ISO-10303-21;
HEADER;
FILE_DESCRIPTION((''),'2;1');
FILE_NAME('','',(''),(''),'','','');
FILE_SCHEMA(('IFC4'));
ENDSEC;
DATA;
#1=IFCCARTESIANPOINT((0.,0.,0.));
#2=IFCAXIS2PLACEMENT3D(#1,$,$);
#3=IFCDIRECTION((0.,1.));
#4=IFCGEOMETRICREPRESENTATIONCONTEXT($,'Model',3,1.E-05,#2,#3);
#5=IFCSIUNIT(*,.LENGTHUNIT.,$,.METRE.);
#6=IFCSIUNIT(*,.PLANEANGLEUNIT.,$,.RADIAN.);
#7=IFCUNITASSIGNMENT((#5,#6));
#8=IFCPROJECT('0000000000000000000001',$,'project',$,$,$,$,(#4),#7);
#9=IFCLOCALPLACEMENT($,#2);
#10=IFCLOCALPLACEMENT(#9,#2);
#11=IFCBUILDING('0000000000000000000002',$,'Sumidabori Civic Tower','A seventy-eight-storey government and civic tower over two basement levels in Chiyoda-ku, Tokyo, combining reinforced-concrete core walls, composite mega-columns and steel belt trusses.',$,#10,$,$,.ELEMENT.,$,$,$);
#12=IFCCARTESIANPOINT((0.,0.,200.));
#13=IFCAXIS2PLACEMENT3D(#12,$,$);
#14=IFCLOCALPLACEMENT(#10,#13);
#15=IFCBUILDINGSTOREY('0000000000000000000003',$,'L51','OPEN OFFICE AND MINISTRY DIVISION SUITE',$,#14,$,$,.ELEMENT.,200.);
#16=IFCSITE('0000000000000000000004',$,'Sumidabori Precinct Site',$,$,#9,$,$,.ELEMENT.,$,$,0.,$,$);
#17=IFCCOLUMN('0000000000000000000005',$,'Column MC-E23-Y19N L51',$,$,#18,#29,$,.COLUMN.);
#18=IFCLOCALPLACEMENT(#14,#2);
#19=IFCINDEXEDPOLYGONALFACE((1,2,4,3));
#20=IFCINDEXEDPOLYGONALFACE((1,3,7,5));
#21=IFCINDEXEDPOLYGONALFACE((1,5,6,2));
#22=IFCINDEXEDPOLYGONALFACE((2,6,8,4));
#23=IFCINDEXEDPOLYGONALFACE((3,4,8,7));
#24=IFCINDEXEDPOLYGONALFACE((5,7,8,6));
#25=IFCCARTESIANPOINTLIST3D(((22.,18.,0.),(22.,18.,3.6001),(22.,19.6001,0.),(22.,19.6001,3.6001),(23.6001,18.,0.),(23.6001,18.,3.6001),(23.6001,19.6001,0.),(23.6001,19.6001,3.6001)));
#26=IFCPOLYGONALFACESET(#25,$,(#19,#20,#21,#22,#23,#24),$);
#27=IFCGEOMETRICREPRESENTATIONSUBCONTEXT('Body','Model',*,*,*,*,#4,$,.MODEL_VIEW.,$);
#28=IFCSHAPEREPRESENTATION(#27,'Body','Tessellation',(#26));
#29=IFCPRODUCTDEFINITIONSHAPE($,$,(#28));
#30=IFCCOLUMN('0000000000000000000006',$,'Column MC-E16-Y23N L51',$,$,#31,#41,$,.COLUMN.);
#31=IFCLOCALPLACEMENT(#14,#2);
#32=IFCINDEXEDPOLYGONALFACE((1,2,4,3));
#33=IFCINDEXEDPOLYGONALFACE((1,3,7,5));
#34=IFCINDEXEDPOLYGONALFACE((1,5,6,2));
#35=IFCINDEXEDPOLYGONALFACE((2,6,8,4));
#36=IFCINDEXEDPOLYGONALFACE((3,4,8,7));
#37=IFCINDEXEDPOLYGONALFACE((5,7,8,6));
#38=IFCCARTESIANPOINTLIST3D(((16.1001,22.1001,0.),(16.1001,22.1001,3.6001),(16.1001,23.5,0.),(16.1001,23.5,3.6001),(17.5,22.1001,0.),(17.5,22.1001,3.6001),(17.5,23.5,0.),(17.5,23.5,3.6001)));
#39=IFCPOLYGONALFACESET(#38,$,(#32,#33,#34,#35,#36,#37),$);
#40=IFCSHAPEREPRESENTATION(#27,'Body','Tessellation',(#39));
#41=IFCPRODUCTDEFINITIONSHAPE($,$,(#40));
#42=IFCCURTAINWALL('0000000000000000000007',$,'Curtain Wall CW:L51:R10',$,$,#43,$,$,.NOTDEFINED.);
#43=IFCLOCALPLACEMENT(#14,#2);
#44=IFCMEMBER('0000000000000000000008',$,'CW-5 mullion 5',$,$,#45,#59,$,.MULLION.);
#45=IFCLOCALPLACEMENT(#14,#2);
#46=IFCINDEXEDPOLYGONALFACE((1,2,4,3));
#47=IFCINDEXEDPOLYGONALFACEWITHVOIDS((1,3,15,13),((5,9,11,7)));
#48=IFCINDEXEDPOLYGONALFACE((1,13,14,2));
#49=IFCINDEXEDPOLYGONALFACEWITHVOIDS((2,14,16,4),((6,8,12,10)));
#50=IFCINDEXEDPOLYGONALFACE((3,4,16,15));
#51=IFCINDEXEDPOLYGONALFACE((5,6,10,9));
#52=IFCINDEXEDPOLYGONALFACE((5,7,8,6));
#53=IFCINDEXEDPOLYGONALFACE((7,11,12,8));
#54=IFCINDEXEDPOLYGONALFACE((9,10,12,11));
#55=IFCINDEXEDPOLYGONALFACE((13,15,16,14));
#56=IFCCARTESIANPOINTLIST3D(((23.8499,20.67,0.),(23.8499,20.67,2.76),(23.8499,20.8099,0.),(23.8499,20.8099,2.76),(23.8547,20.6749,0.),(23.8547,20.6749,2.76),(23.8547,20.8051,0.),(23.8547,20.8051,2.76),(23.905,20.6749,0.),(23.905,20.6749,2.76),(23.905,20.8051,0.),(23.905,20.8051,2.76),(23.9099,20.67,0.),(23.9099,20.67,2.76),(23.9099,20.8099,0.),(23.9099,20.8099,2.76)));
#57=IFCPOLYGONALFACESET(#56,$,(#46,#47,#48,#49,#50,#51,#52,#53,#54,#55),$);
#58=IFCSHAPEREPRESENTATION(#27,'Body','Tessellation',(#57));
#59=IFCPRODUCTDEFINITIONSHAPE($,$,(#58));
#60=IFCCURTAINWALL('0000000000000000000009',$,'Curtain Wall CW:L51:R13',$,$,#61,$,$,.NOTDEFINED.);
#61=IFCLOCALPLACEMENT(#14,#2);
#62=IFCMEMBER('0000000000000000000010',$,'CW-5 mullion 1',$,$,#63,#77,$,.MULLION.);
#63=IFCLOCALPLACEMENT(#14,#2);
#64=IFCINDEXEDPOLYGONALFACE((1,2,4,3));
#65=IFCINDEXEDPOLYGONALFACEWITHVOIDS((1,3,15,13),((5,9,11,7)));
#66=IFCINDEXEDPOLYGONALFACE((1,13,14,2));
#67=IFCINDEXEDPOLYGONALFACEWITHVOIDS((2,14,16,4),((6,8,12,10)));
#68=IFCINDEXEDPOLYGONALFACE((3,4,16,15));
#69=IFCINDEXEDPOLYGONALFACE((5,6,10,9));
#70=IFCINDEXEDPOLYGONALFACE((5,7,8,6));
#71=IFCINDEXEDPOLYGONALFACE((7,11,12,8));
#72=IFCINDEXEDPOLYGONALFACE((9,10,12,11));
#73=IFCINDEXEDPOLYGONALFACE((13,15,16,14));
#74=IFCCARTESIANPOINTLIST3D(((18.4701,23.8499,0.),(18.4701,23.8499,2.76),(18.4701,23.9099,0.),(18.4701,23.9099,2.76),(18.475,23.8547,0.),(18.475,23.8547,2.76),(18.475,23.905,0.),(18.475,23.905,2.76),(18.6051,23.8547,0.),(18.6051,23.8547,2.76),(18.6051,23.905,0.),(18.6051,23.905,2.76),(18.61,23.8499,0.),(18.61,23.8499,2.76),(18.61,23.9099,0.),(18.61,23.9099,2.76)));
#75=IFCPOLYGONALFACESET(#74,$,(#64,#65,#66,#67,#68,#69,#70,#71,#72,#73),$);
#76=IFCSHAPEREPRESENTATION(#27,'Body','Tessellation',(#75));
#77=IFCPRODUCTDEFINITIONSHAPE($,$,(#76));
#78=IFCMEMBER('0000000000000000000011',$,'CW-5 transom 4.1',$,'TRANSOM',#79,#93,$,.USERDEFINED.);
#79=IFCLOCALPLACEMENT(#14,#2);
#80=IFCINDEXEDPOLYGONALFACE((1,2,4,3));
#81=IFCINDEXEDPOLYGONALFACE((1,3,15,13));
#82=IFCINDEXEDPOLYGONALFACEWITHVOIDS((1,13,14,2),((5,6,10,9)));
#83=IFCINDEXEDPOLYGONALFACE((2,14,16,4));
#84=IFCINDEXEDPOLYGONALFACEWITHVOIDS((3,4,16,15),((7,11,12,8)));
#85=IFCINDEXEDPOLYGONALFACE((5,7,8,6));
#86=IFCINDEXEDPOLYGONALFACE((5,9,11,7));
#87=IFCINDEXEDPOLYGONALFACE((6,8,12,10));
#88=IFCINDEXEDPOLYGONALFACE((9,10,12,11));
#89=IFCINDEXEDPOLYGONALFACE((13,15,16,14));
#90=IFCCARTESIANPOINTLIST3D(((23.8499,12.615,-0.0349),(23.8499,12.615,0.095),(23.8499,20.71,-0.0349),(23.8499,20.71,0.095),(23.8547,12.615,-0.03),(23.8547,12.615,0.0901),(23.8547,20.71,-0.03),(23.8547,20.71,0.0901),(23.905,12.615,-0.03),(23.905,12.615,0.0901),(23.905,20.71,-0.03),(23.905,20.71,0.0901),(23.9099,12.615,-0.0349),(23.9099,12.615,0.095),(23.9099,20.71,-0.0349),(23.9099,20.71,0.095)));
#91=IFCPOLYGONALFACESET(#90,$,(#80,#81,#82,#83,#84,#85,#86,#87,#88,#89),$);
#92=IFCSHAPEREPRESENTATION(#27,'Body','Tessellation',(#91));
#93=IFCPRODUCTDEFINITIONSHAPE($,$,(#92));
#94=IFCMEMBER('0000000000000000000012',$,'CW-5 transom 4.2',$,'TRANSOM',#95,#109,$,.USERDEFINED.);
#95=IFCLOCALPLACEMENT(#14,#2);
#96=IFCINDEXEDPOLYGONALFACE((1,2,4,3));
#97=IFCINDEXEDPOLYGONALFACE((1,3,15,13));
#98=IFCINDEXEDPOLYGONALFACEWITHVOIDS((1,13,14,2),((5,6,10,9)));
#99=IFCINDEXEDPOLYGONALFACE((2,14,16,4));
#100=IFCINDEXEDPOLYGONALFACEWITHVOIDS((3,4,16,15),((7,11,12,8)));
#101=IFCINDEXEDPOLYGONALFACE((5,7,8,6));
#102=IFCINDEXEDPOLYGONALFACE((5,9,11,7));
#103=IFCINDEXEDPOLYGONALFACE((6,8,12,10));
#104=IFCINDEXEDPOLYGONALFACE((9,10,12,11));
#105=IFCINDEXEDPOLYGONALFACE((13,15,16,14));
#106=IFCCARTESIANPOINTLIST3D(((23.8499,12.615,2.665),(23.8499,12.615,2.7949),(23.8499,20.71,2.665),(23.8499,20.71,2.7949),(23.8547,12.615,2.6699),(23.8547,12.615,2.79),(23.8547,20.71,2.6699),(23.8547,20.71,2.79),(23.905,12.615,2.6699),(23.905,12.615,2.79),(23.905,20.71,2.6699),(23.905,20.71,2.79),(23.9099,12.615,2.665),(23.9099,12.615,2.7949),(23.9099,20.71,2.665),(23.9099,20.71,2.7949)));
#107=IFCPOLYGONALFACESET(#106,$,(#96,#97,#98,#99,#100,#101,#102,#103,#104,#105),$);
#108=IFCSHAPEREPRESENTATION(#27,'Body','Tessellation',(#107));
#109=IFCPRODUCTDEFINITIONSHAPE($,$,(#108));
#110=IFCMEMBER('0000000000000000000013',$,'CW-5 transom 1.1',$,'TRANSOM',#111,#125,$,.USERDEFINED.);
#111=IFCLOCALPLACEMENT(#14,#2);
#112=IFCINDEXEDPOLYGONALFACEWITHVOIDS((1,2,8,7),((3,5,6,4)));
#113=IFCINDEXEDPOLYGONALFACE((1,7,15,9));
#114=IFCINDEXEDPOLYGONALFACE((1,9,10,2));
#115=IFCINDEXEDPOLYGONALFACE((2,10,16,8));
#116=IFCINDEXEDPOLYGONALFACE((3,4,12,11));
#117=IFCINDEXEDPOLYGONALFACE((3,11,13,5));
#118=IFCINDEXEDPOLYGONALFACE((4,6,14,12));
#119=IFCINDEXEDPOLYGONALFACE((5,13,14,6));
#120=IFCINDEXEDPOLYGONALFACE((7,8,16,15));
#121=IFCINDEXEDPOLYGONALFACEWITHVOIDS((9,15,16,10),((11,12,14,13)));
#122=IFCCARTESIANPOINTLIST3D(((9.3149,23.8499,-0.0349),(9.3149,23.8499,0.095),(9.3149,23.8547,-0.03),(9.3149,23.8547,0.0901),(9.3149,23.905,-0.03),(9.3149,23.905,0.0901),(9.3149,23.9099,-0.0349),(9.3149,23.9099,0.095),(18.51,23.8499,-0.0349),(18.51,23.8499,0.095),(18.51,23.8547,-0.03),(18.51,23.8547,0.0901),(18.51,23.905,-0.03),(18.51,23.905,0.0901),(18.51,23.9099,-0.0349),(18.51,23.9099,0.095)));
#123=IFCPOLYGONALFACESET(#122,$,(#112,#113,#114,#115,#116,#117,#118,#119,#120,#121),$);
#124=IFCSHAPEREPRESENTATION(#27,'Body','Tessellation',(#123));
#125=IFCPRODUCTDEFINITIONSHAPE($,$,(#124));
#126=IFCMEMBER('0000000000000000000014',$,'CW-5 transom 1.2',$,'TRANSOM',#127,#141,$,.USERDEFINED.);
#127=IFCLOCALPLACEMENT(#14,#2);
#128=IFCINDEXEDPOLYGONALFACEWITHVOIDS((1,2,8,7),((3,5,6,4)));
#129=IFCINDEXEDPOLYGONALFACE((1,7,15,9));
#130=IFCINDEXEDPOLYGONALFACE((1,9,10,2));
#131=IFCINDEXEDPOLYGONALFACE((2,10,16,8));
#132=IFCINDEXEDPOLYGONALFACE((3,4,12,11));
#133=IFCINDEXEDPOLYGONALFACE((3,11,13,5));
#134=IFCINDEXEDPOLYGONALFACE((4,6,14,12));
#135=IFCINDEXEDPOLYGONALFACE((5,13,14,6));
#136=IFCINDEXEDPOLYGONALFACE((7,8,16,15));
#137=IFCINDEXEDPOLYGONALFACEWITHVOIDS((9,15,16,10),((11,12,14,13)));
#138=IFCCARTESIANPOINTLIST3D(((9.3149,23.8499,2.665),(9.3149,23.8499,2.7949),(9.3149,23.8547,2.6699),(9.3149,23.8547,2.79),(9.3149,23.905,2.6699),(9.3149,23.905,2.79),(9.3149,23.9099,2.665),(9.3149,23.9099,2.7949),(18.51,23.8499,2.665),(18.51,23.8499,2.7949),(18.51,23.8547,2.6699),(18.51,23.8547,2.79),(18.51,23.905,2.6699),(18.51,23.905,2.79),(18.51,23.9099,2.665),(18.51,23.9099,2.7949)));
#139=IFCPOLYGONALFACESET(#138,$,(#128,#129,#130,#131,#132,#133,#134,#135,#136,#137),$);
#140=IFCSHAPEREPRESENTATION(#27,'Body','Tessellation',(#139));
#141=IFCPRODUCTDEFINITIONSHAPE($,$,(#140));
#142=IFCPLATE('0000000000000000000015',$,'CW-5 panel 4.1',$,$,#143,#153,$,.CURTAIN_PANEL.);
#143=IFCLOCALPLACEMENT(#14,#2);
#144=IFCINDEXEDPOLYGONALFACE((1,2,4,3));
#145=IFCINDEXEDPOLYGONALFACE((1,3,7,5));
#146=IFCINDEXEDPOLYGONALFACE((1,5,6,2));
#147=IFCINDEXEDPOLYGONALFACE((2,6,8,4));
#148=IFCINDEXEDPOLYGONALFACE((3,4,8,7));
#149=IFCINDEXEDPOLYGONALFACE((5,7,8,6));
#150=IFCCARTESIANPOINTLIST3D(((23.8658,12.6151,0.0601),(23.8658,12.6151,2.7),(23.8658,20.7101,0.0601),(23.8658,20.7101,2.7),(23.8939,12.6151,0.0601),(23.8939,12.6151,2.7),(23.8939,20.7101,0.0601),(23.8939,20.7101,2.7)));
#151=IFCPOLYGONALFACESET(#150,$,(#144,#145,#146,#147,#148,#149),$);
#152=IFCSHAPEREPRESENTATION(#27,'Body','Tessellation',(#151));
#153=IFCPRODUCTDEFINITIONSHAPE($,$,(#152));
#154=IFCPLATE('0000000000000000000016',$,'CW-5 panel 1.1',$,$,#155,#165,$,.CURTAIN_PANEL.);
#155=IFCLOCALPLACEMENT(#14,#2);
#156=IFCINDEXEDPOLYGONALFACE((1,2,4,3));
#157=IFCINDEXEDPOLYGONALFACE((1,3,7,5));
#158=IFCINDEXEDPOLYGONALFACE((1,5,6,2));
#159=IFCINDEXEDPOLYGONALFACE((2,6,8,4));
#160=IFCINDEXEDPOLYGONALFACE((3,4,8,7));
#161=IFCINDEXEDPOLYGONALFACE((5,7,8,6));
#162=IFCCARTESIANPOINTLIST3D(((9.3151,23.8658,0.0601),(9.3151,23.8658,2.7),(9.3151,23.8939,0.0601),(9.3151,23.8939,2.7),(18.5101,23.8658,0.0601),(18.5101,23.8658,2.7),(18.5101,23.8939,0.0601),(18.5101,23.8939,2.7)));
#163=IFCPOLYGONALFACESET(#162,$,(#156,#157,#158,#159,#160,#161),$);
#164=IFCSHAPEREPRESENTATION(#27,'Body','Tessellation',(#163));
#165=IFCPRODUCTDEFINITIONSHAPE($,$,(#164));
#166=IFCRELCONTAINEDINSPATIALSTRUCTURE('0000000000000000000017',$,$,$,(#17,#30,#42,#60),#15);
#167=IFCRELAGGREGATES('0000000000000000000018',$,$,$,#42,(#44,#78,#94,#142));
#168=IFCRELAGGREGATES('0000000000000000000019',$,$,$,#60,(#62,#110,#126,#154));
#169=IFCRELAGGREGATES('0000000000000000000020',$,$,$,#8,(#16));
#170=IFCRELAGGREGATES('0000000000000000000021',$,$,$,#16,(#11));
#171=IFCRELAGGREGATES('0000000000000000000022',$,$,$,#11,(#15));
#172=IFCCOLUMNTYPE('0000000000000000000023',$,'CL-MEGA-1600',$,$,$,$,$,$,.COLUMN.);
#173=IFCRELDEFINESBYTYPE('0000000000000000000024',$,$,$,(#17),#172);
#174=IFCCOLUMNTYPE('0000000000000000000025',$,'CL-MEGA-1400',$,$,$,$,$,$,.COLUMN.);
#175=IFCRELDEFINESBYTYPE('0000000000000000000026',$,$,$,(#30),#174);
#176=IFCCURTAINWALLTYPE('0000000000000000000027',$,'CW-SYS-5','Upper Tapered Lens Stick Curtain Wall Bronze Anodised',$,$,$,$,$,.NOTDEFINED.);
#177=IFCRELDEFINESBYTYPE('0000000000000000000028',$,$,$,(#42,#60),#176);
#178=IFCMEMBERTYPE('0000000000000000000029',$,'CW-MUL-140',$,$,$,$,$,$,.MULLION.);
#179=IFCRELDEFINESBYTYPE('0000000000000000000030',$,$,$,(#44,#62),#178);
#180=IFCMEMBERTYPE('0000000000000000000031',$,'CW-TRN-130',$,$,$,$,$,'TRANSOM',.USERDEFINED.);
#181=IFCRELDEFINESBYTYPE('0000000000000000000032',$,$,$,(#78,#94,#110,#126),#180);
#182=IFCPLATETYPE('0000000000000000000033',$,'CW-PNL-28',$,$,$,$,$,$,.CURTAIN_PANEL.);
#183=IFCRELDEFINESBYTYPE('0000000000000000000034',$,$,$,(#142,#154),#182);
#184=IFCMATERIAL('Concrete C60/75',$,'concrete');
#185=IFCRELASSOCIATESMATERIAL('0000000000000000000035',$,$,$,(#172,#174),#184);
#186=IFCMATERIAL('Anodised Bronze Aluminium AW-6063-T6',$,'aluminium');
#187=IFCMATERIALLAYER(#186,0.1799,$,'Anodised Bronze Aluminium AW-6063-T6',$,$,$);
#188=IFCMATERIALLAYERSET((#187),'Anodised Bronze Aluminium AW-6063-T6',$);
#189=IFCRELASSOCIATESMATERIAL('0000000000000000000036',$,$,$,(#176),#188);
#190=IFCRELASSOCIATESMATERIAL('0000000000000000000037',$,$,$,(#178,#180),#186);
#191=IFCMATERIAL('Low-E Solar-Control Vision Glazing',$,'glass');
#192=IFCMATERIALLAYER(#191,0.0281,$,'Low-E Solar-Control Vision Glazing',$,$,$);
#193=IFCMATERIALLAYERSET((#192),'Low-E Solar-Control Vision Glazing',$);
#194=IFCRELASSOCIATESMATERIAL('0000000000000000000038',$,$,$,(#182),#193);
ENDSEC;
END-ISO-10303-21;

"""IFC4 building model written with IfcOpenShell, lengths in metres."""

from ifc_helpers import new_model, si_unit, direction, frame, origin, origin_2d, place, context, subcontext, project, spatial, rectangle, hollow_rectangle, extrude, source, transform, mapped, material, layer, layer_set, material_profile, profile_set, type_object, element, aggregate, save


model = new_model("IFC4")

# Units and contexts
model_context = context("Model", 3, precision=1e-05, world=origin(), true_north=direction((0.0, 1.0)))
body_context = subcontext(model_context, "Body", "Model", "MODEL_VIEW")
ifc_project = project(units=[si_unit("LENGTHUNIT", "METRE"), si_unit("PLANEANGLEUNIT", "RADIAN")], contexts=[model_context])

# Site, building, storey
site_placement = place(None, origin())
site = spatial("IfcSite", under=ifc_project, at=site_placement, Name="Sumidabori Precinct Site", CompositionType="ELEMENT", RefElevation=0.0)
building_placement = place(site_placement, origin())
building = spatial("IfcBuilding", under=site, at=building_placement, Name="Sumidabori Civic Tower", Description="A seventy-eight-storey government and civic tower over two basement levels in Chiyoda-ku, Tokyo, combining reinforced-concrete core walls, composite mega-columns and steel belt trusses.", CompositionType="ELEMENT")
storey_placement = place(building_placement, frame((0.0, 0.0, 200.0)))
storey = spatial("IfcBuildingStorey", under=building, at=storey_placement, Name="L51", Description="OPEN OFFICE AND MINISTRY DIVISION SUITE", CompositionType="ELEMENT", Elevation=200.0)

# Columns
ifc_material_1 = material(Name="Concrete C60/75", Category="concrete")
ifc_material_profile_1 = material_profile(ifc_material_1, rectangle(XDim=1.6001, YDim=1.6001, at=origin_2d()), Name="RC 1600x1600")
ifc_profile_set_1 = profile_set([ifc_material_profile_1], Name="Concrete C60/75")
column_type_1 = type_object("IfcColumnType", Name="CL-MEGA-1600", PredefinedType="COLUMN", material=ifc_profile_set_1)
shared_shape_1 = source(origin(), body_context, "Body", "SweptSolid", [
    extrude(rectangle(XDim=1.6001, YDim=1.6001, at=origin_2d()), origin(), (0.0, 0.0, 1.0), 3.6001),
])
column_1_placement = place(storey_placement, frame((22.8, 18.8, 0.0), z_axis=(0.0, 0.0, 1.0), x_axis=(1.0, 0.0, 0.0)))
element("IfcColumn", 1, at=column_1_placement, inside=storey, type_object=column_type_1, Name="Column MC-E23-Y19N L51", PredefinedType="COLUMN", context=body_context, shape_type="MappedRepresentation", body=[
    mapped(shared_shape_1, transform((0.0, 0.0, 0.0), x_axis=(1.0, 0.0, 0.0), y_axis=(0.0, 1.0, 0.0), z_axis=(0.0, 0.0, 1.0), scale=1.0)),
])
ifc_material_profile_2 = material_profile(ifc_material_1, rectangle(XDim=1.3999, YDim=1.3999, at=origin_2d()), Name="RC 1400x1400")
ifc_profile_set_2 = profile_set([ifc_material_profile_2], Name="Concrete C60/75")
column_type_2 = type_object("IfcColumnType", Name="CL-MEGA-1400", PredefinedType="COLUMN", material=ifc_profile_set_2)
shared_shape_2 = source(origin(), body_context, "Body", "SweptSolid", [
    extrude(rectangle(XDim=1.3999, YDim=1.3999, at=origin_2d()), origin(), (0.0, 0.0, 1.0), 3.6001),
])
column_2_placement = place(storey_placement, frame((16.8, 22.8, 0.0), z_axis=(0.0, 0.0, 1.0), x_axis=(1.0, 0.0, 0.0)))
element("IfcColumn", 2, at=column_2_placement, inside=storey, type_object=column_type_2, Name="Column MC-E16-Y23N L51", PredefinedType="COLUMN", context=body_context, shape_type="MappedRepresentation", body=[
    mapped(shared_shape_2, transform((0.0, 0.0, 0.0), x_axis=(1.0, 0.0, 0.0), y_axis=(0.0, 1.0, 0.0), z_axis=(0.0, 0.0, 1.0), scale=1.0)),
])

# Curtain walls, members
ifc_material_2 = material(Name="Anodised Bronze Aluminium AW-6063-T6", Category="aluminium")
ifc_layer_1 = layer(ifc_material_2, 0.1799, Name="Anodised Bronze Aluminium AW-6063-T6")
ifc_layer_set_1 = layer_set([ifc_layer_1], Name="Anodised Bronze Aluminium AW-6063-T6")
curtain_wall_type = type_object("IfcCurtainWallType", Name="CW-SYS-5", Description="Upper Tapered Lens Stick Curtain Wall Bronze Anodised", PredefinedType="NOTDEFINED", material=ifc_layer_set_1)
curtain_wall_1_placement = place(storey_placement, origin())
curtain_wall_1 = element("IfcCurtainWall", 3, at=curtain_wall_1_placement, inside=storey, type_object=curtain_wall_type, Name="Curtain Wall CW:L51:R10", PredefinedType="NOTDEFINED")
ifc_material_profile_3 = material_profile(ifc_material_2, hollow_rectangle(XDim=0.0601, YDim=0.1399, WallThickness=0.0049, at=origin_2d()), Name="ALU MULLION 140x60")
ifc_profile_set_3 = profile_set([ifc_material_profile_3], Name="Anodised Bronze Aluminium AW-6063-T6")
member_type_1 = type_object("IfcMemberType", Name="CW-MUL-140", PredefinedType="MULLION", material=ifc_profile_set_3)
shared_shape_3 = source(origin(), body_context, "Body", "SweptSolid", [
    extrude(hollow_rectangle(XDim=0.0601, YDim=0.1399, WallThickness=0.0049, at=origin_2d()), origin(), (0.0, 0.0, 1.0), 2.76),
])
member_1_placement = place(storey_placement, frame((23.8799, 20.74, 0.0), z_axis=(0.0, 0.0, 1.0), x_axis=(-1.0, 0.0, 0.0)))
member_1 = element("IfcMember", 4, at=member_1_placement, type_object=member_type_1, Name="CW-5 mullion 5", PredefinedType="MULLION", context=body_context, shape_type="MappedRepresentation", body=[
    mapped(shared_shape_3, transform((0.0, 0.0, 0.0), x_axis=(1.0, 0.0, 0.0), y_axis=(0.0, 1.0, 0.0), z_axis=(0.0, 0.0, 1.0), scale=1.0)),
])
curtain_wall_2_placement = place(storey_placement, origin())
curtain_wall_2 = element("IfcCurtainWall", 5, at=curtain_wall_2_placement, inside=storey, type_object=curtain_wall_type, Name="Curtain Wall CW:L51:R13", PredefinedType="NOTDEFINED")
member_2_placement = place(storey_placement, frame((18.54, 23.8799, 0.0), z_axis=(0.0, 0.0, 1.0), x_axis=(0.0, -1.0, 0.0)))
member_2 = element("IfcMember", 6, at=member_2_placement, type_object=member_type_1, Name="CW-5 mullion 1", PredefinedType="MULLION", context=body_context, shape_type="MappedRepresentation", body=[
    mapped(shared_shape_3, transform((0.0, 0.0, 0.0), x_axis=(1.0, 0.0, 0.0), y_axis=(0.0, 1.0, 0.0), z_axis=(0.0, 0.0, 1.0), scale=1.0)),
])

# Members
ifc_material_profile_4 = material_profile(ifc_material_2, hollow_rectangle(XDim=0.0601, YDim=0.1299, WallThickness=0.0049, at=origin_2d()), Name="ALU TRANSOM 130x60")
ifc_profile_set_4 = profile_set([ifc_material_profile_4], Name="Anodised Bronze Aluminium AW-6063-T6")
member_type_2 = type_object("IfcMemberType", Name="CW-TRN-130", ElementType="TRANSOM", PredefinedType="USERDEFINED", material=ifc_profile_set_4)
shared_shape_4 = source(origin(), body_context, "Body", "SweptSolid", [
    extrude(hollow_rectangle(XDim=0.0601, YDim=0.1299, WallThickness=0.0049, at=origin_2d()), origin(), (0.0, 0.0, 1.0), 8.095),
])
member_3_placement = place(storey_placement, frame((23.8799, 12.615, 0.03), z_axis=(0.0, 1.0, 0.0), x_axis=(-1.0, 0.0, 0.0)))
member_3 = element("IfcMember", 7, at=member_3_placement, type_object=member_type_2, Name="CW-5 transom 4.1", ObjectType="TRANSOM", PredefinedType="USERDEFINED", context=body_context, shape_type="MappedRepresentation", body=[
    mapped(shared_shape_4, transform((0.0, 0.0, 0.0), x_axis=(1.0, 0.0, 0.0), y_axis=(0.0, 1.0, 0.0), z_axis=(0.0, 0.0, 1.0), scale=1.0)),
])
member_4_placement = place(storey_placement, frame((23.8799, 12.615, 2.73), z_axis=(0.0, 1.0, 0.0), x_axis=(-1.0, 0.0, 0.0)))
member_4 = element("IfcMember", 8, at=member_4_placement, type_object=member_type_2, Name="CW-5 transom 4.2", ObjectType="TRANSOM", PredefinedType="USERDEFINED", context=body_context, shape_type="MappedRepresentation", body=[
    mapped(shared_shape_4, transform((0.0, 0.0, 0.0), x_axis=(1.0, 0.0, 0.0), y_axis=(0.0, 1.0, 0.0), z_axis=(0.0, 0.0, 1.0), scale=1.0)),
])
shared_shape_5 = source(origin(), body_context, "Body", "SweptSolid", [
    extrude(hollow_rectangle(XDim=0.0601, YDim=0.1299, WallThickness=0.0049, at=origin_2d()), origin(), (0.0, 0.0, 1.0), 9.1951),
])
member_5_placement = place(storey_placement, frame((18.51, 23.8799, 0.03), z_axis=(-1.0, 0.0, 0.0), x_axis=(0.0, -1.0, 0.0)))
member_5 = element("IfcMember", 9, at=member_5_placement, type_object=member_type_2, Name="CW-5 transom 1.1", ObjectType="TRANSOM", PredefinedType="USERDEFINED", context=body_context, shape_type="MappedRepresentation", body=[
    mapped(shared_shape_5, transform((0.0, 0.0, 0.0), x_axis=(1.0, 0.0, 0.0), y_axis=(0.0, 1.0, 0.0), z_axis=(0.0, 0.0, 1.0), scale=1.0)),
])
member_6_placement = place(storey_placement, frame((18.51, 23.8799, 2.73), z_axis=(-1.0, 0.0, 0.0), x_axis=(0.0, -1.0, 0.0)))
member_6 = element("IfcMember", 10, at=member_6_placement, type_object=member_type_2, Name="CW-5 transom 1.2", ObjectType="TRANSOM", PredefinedType="USERDEFINED", context=body_context, shape_type="MappedRepresentation", body=[
    mapped(shared_shape_5, transform((0.0, 0.0, 0.0), x_axis=(1.0, 0.0, 0.0), y_axis=(0.0, 1.0, 0.0), z_axis=(0.0, 0.0, 1.0), scale=1.0)),
])

# Plates
ifc_material_3 = material(Name="Low-E Solar-Control Vision Glazing", Category="glass")
ifc_layer_2 = layer(ifc_material_3, 0.0281, Name="Low-E Solar-Control Vision Glazing")
ifc_layer_set_2 = layer_set([ifc_layer_2], Name="Low-E Solar-Control Vision Glazing")
plate_type = type_object("IfcPlateType", Name="CW-PNL-28", PredefinedType="CURTAIN_PANEL", material=ifc_layer_set_2)
shared_shape_6 = source(origin(), body_context, "Body", "SweptSolid", [
    extrude(rectangle(XDim=8.095, YDim=0.0281, at=origin_2d()), origin(), (0.0, 0.0, 1.0), 2.6399),
])
plate_1_placement = place(storey_placement, frame((23.8799, 16.6626, 0.0601), z_axis=(0.0, 0.0, 1.0), x_axis=(0.0, 1.0, 0.0)))
plate_1 = element("IfcPlate", 11, at=plate_1_placement, type_object=plate_type, Name="CW-5 panel 4.1", PredefinedType="CURTAIN_PANEL", context=body_context, shape_type="MappedRepresentation", body=[
    mapped(shared_shape_6, transform((0.0, 0.0, 0.0), x_axis=(1.0, 0.0, 0.0), y_axis=(0.0, 1.0, 0.0), z_axis=(0.0, 0.0, 1.0), scale=1.0)),
])
aggregate(curtain_wall_1, [member_1, member_3, member_4, plate_1])
shared_shape_7 = source(origin(), body_context, "Body", "SweptSolid", [
    extrude(rectangle(XDim=9.1951, YDim=0.0281, at=origin_2d()), origin(), (0.0, 0.0, 1.0), 2.6399),
])
plate_2_placement = place(storey_placement, frame((13.9126, 23.8799, 0.0601), z_axis=(0.0, 0.0, 1.0), x_axis=(-1.0, 0.0, 0.0)))
plate_2 = element("IfcPlate", 12, at=plate_2_placement, type_object=plate_type, Name="CW-5 panel 1.1", PredefinedType="CURTAIN_PANEL", context=body_context, shape_type="MappedRepresentation", body=[
    mapped(shared_shape_7, transform((0.0, 0.0, 0.0), x_axis=(1.0, 0.0, 0.0), y_axis=(0.0, 1.0, 0.0), z_axis=(0.0, 0.0, 1.0), scale=1.0)),
])
aggregate(curtain_wall_2, [member_2, member_5, member_6, plate_2])

save(model, "model.ifc")
